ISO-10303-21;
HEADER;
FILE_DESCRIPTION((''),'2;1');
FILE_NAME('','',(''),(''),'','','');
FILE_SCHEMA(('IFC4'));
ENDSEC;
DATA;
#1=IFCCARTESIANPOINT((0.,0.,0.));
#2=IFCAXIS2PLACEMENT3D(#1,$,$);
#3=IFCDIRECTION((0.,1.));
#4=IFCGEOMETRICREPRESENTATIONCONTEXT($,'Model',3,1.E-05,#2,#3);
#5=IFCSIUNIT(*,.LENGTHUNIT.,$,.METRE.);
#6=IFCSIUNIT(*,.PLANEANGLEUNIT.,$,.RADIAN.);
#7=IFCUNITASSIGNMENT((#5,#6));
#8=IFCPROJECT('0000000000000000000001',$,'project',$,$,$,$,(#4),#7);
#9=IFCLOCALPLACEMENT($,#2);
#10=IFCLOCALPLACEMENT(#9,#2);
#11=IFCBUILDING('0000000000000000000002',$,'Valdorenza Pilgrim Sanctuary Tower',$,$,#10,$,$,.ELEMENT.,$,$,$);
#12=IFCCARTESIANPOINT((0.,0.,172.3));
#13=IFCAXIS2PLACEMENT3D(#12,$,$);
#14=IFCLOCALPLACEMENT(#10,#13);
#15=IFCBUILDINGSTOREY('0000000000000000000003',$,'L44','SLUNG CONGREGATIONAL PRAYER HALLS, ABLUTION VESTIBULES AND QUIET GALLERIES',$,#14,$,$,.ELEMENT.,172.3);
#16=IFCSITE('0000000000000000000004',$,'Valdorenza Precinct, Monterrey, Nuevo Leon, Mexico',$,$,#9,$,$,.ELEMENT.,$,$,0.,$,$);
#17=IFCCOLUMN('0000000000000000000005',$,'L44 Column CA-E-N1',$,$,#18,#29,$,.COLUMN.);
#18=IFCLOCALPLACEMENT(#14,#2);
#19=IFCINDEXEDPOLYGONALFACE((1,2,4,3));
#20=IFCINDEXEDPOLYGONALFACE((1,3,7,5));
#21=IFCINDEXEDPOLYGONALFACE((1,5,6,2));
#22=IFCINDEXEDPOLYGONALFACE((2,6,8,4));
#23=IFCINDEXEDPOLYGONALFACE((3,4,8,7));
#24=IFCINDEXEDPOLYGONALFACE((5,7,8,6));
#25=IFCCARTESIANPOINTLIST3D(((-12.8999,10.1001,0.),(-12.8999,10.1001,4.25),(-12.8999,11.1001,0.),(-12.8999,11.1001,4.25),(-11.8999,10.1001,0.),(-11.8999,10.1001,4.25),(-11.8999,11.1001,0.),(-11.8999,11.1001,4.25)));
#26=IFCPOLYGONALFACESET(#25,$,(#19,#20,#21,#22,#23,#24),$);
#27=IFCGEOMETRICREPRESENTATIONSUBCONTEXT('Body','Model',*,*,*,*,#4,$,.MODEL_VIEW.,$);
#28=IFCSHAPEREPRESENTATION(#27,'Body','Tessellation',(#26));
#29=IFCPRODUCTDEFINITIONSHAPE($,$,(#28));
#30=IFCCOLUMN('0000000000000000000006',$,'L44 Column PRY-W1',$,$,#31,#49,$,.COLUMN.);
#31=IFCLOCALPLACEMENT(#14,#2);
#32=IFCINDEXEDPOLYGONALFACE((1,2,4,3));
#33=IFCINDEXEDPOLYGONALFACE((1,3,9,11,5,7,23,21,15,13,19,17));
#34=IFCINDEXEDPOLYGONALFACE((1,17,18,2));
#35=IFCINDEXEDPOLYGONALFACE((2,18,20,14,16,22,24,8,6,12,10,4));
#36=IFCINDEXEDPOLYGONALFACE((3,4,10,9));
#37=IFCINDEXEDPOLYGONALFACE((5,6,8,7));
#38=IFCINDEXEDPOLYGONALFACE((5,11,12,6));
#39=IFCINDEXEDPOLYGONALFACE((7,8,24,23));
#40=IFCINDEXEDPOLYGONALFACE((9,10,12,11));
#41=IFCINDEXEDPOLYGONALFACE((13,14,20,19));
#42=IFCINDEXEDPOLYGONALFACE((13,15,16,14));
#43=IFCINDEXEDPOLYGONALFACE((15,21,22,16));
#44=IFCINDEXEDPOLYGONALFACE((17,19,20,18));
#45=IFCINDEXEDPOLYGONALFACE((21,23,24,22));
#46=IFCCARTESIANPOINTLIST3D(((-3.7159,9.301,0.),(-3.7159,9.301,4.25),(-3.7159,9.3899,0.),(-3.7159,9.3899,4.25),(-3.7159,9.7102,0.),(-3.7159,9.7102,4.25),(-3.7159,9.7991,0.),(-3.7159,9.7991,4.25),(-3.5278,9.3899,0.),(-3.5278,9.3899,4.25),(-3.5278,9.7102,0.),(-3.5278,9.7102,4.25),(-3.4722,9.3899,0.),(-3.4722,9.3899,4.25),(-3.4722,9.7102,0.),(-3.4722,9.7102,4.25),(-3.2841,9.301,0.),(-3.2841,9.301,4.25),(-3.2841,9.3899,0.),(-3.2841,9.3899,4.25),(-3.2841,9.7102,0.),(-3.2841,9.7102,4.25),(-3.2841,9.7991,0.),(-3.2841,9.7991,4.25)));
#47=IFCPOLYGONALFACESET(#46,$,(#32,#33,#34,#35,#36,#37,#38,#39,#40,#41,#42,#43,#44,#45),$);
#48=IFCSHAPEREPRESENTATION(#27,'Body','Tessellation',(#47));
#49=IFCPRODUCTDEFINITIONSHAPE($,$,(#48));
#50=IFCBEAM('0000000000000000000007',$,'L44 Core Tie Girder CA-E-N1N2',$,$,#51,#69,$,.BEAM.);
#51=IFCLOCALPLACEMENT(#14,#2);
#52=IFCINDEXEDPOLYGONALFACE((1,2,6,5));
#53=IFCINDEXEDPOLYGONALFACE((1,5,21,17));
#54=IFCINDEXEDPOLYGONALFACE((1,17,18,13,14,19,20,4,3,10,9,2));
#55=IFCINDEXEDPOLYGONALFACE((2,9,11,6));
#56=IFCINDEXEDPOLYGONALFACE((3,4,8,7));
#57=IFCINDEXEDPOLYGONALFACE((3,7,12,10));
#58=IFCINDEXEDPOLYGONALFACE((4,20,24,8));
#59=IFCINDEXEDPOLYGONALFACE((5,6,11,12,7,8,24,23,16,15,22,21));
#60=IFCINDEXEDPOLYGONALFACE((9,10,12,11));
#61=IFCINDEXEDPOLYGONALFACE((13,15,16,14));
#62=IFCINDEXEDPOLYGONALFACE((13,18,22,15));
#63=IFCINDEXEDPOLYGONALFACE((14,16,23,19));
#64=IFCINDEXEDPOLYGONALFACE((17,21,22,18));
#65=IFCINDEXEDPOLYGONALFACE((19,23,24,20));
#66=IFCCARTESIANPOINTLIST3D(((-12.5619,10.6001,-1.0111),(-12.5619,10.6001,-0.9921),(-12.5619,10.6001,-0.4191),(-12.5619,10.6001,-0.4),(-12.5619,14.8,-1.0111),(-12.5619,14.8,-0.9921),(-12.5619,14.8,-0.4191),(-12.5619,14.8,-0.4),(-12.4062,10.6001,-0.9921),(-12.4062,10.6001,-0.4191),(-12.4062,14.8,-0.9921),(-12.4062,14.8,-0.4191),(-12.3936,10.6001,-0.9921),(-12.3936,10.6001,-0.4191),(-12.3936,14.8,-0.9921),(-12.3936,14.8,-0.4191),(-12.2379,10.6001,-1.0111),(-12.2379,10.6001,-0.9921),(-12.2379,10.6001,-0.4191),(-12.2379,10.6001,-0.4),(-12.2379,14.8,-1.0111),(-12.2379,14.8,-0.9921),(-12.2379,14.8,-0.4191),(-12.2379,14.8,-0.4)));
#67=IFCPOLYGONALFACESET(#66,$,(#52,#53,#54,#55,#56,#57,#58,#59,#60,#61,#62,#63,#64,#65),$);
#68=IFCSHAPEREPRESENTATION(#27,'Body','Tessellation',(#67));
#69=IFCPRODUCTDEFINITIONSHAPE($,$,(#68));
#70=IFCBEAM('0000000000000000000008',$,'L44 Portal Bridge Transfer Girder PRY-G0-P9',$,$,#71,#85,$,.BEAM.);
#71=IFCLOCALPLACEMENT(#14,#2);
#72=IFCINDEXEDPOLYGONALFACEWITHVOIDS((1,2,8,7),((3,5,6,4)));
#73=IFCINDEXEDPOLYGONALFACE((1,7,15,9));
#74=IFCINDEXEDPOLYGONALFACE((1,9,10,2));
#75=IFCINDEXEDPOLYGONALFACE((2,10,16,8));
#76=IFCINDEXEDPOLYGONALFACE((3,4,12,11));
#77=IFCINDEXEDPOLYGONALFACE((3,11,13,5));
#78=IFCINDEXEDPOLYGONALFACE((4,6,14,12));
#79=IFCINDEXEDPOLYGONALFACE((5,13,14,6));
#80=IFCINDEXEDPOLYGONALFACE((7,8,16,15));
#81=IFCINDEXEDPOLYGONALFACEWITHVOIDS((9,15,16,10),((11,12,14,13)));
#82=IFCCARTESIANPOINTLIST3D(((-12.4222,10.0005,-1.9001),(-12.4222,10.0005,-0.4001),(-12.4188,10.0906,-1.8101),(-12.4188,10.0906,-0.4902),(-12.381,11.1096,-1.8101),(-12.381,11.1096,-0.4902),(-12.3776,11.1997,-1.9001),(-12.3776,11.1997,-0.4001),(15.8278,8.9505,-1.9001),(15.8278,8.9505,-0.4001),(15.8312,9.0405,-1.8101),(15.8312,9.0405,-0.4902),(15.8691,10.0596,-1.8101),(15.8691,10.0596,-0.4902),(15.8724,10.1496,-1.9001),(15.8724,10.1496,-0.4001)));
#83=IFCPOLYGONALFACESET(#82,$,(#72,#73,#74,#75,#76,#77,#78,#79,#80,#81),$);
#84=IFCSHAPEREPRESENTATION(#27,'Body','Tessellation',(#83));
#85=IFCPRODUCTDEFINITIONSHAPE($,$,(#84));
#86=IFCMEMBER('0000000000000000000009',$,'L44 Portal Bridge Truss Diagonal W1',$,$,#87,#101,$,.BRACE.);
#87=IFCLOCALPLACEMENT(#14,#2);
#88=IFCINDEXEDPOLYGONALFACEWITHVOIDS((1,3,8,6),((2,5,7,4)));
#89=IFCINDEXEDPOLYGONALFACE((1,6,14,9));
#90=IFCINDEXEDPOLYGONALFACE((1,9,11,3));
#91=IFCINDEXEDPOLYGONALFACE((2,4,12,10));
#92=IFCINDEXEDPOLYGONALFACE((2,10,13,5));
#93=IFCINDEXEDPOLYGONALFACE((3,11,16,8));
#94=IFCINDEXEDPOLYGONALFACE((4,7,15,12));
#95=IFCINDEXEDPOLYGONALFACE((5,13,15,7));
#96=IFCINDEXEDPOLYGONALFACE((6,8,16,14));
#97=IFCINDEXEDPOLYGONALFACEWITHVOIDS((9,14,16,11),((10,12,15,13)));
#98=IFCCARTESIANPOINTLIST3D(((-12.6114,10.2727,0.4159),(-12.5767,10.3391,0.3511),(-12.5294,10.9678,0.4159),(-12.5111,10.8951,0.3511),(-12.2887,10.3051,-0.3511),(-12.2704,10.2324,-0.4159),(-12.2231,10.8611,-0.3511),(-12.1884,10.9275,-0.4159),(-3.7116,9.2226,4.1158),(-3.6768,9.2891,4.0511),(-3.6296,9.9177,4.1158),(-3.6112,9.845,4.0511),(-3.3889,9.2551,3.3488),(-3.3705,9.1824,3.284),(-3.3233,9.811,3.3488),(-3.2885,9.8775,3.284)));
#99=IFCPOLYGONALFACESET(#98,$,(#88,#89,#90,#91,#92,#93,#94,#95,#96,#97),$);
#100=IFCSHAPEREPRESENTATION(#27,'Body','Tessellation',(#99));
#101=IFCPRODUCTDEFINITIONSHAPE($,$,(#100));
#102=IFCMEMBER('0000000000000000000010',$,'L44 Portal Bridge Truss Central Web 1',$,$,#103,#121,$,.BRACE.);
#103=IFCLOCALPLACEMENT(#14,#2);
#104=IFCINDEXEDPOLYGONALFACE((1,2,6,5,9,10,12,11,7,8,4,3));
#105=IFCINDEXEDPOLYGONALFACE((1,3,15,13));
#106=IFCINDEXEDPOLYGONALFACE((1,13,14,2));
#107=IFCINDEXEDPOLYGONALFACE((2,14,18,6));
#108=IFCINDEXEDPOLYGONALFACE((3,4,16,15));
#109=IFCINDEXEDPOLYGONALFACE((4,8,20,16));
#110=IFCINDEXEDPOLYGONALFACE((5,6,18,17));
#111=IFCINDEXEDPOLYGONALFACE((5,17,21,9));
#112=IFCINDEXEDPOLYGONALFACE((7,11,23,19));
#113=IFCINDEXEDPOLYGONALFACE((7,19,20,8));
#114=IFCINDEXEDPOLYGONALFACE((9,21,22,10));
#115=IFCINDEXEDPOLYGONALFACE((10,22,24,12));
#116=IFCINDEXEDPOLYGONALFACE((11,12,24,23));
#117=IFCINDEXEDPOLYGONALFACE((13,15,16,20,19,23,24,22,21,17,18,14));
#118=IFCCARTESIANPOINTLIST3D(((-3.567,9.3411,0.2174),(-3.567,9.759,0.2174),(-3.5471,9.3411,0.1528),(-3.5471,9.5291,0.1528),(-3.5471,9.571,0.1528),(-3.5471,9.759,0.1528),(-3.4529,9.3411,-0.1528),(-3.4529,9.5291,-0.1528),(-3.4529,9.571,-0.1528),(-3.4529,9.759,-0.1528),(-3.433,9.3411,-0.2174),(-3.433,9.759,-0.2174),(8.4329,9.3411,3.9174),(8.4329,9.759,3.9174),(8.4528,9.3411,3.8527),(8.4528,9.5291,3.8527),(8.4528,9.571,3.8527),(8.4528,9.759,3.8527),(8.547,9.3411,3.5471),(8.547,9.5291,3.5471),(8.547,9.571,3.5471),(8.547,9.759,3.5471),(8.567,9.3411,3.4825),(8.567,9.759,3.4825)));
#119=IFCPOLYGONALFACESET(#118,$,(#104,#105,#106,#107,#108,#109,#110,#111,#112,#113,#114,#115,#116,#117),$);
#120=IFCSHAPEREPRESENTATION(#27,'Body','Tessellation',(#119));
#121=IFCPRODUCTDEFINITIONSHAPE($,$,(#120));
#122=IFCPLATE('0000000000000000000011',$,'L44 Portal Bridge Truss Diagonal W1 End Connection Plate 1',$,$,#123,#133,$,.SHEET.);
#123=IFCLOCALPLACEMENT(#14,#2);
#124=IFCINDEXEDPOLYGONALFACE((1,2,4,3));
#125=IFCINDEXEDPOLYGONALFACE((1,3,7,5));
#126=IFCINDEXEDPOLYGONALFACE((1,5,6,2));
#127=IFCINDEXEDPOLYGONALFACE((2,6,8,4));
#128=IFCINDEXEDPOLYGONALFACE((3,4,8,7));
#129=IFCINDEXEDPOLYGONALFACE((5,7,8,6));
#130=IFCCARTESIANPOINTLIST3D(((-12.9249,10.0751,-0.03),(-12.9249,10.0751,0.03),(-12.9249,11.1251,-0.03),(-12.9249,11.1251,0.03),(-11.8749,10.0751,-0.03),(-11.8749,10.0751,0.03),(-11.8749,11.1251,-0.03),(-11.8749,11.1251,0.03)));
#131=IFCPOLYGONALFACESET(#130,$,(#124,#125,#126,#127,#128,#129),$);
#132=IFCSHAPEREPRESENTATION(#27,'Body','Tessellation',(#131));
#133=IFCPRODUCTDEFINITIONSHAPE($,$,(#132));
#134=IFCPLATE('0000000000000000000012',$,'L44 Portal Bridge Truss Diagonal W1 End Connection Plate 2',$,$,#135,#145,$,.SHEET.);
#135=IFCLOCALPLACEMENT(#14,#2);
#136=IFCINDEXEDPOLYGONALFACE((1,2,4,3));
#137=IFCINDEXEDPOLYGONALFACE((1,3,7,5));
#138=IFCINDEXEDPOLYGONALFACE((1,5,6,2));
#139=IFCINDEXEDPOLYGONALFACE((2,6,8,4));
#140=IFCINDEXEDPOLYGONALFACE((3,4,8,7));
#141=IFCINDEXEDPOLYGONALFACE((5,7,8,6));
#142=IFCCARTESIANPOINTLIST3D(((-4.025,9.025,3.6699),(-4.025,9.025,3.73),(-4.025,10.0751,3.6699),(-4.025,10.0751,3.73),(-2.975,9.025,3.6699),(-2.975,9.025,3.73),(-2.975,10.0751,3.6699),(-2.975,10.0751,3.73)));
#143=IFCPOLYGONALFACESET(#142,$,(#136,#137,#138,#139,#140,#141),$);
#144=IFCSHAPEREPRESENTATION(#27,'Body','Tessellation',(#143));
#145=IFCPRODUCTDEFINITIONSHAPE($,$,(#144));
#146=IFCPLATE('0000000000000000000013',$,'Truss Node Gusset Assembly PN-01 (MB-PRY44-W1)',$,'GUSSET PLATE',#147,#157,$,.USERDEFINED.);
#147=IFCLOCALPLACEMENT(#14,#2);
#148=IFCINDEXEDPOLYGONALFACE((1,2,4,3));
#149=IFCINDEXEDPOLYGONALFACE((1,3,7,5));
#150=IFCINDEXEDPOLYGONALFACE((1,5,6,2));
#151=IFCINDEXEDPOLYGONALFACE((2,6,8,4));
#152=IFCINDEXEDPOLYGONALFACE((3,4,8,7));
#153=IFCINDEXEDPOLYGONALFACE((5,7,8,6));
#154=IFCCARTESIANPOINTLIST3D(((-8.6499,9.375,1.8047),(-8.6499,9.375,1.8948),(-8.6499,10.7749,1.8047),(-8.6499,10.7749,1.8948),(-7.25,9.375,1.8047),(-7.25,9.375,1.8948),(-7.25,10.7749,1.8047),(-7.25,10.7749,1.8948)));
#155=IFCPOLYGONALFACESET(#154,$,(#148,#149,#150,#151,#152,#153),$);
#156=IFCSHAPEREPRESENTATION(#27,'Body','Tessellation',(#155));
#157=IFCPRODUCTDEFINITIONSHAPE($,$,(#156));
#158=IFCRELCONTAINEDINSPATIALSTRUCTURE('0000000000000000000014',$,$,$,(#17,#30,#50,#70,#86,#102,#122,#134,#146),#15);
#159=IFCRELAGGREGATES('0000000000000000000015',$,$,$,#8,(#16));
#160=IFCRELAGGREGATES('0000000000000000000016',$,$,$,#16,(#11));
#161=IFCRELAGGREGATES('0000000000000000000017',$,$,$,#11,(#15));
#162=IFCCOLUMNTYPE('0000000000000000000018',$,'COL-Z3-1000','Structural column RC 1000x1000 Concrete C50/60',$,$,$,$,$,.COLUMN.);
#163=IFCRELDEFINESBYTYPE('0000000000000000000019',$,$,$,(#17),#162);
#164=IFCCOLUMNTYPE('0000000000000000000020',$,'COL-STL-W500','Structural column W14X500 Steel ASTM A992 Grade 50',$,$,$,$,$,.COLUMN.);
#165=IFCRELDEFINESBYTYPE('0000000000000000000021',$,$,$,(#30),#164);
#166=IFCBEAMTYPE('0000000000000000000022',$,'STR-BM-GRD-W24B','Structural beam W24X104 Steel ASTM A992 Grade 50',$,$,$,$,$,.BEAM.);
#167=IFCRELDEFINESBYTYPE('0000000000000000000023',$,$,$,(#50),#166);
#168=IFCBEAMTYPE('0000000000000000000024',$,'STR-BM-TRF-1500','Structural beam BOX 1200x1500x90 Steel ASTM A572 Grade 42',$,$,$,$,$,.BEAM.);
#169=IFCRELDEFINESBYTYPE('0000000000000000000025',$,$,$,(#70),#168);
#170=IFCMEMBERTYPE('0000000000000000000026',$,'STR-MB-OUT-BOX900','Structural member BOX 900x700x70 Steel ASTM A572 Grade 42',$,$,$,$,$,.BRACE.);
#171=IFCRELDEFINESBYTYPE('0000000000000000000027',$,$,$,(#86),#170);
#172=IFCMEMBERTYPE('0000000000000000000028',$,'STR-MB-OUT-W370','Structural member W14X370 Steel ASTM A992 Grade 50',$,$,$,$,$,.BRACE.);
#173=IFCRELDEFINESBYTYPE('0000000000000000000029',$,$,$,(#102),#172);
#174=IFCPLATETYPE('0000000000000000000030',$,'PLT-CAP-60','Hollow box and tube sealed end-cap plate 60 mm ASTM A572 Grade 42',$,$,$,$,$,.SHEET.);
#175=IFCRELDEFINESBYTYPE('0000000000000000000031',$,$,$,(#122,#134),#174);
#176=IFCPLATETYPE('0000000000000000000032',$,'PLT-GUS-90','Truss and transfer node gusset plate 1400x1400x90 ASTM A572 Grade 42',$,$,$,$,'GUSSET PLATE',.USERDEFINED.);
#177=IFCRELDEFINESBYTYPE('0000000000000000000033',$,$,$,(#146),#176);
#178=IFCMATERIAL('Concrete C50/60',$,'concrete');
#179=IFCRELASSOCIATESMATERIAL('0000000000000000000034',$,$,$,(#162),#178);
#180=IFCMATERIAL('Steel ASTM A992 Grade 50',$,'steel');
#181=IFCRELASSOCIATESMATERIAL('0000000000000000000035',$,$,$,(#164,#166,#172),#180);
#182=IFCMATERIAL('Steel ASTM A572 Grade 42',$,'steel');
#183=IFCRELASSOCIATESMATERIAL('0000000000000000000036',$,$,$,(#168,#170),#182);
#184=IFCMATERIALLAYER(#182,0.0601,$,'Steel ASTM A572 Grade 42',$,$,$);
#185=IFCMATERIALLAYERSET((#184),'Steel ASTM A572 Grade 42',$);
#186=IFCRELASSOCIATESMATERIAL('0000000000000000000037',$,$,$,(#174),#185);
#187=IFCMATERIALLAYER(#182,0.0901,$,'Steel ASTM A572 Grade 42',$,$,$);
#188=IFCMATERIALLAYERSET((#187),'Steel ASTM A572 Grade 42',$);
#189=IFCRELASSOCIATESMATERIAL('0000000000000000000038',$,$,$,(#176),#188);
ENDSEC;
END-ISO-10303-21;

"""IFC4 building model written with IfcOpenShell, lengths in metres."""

from ifc_helpers import new_model, si_unit, direction, frame, origin, origin_2d, place, context, subcontext, project, spatial, rectangle, hollow_rectangle, i_section, extrude, source, transform, mapped, material, layer, layer_set, material_profile, profile_set, type_object, element, save


model = new_model("IFC4")

# Units and contexts
model_context = context("Model", 3, precision=1e-05, world=origin(), true_north=direction((0.0, 1.0)))
body_context = subcontext(model_context, "Body", "Model", "MODEL_VIEW")
ifc_project = project(units=[si_unit("LENGTHUNIT", "METRE"), si_unit("PLANEANGLEUNIT", "RADIAN")], contexts=[model_context])

# Site, building, storey
site_placement = place(None, origin())
site = spatial("IfcSite", under=ifc_project, at=site_placement, Name="Valdorenza Precinct, Monterrey, Nuevo Leon, Mexico", CompositionType="ELEMENT", RefElevation=0.0)
building_placement = place(site_placement, origin())
building = spatial("IfcBuilding", under=site, at=building_placement, Name="Valdorenza Pilgrim Sanctuary Tower", CompositionType="ELEMENT")
storey_placement = place(building_placement, frame((0.0, 0.0, 172.3)))
storey = spatial("IfcBuildingStorey", under=building, at=storey_placement, Name="L44", Description="SLUNG CONGREGATIONAL PRAYER HALLS, ABLUTION VESTIBULES AND QUIET GALLERIES", CompositionType="ELEMENT", Elevation=172.3)

# Columns
ifc_material_1 = material(Name="Concrete C50/60", Category="concrete")
ifc_material_profile_1 = material_profile(ifc_material_1, rectangle(XDim=1.0, YDim=1.0, at=origin_2d()), Name="RC 1000x1000")
ifc_profile_set_1 = profile_set([ifc_material_profile_1], Name="Concrete C50/60")
column_type_1 = type_object("IfcColumnType", Name="COL-Z3-1000", Description="Structural column RC 1000x1000 Concrete C50/60", PredefinedType="COLUMN", material=ifc_profile_set_1)
shared_shape_1 = source(origin(), body_context, "Body", "SweptSolid", [
    extrude(rectangle(XDim=1.0, YDim=1.0, at=origin_2d()), origin(), (0.0, 0.0, 1.0), 4.25),
])
column_1_placement = place(storey_placement, frame((-12.3999, 10.6001, 0.0), z_axis=(0.0, 0.0, 1.0), x_axis=(1.0, 0.0, 0.0)))
element("IfcColumn", 1, at=column_1_placement, inside=storey, type_object=column_type_1, Name="L44 Column CA-E-N1", PredefinedType="COLUMN", context=body_context, shape_type="MappedRepresentation", body=[
    mapped(shared_shape_1, transform((0.0, 0.0, 0.0), x_axis=(1.0, 0.0, 0.0), y_axis=(0.0, 1.0, 0.0), z_axis=(0.0, 0.0, 1.0), scale=1.0)),
])
ifc_material_2 = material(Name="Steel ASTM A992 Grade 50", Category="steel")
ifc_material_profile_2 = material_profile(ifc_material_2, i_section(OverallWidth=0.4319, OverallDepth=0.498, WebThickness=0.0557, FlangeThickness=0.0889, at=origin_2d()), Name="W14X500")
ifc_profile_set_2 = profile_set([ifc_material_profile_2], Name="Steel ASTM A992 Grade 50")
column_type_2 = type_object("IfcColumnType", Name="COL-STL-W500", Description="Structural column W14X500 Steel ASTM A992 Grade 50", PredefinedType="COLUMN", material=ifc_profile_set_2)
shared_shape_2 = source(origin(), body_context, "Body", "SweptSolid", [
    extrude(i_section(OverallWidth=0.4319, OverallDepth=0.498, WebThickness=0.0557, FlangeThickness=0.0889, at=origin_2d()), origin(), (0.0, 0.0, 1.0), 4.25),
])
column_2_placement = place(storey_placement, frame((-3.5, 9.55, 0.0), z_axis=(0.0, 0.0, 1.0), x_axis=(1.0, 0.0, 0.0)))
element("IfcColumn", 2, at=column_2_placement, inside=storey, type_object=column_type_2, Name="L44 Column PRY-W1", PredefinedType="COLUMN", context=body_context, shape_type="MappedRepresentation", body=[
    mapped(shared_shape_2, transform((0.0, 0.0, 0.0), x_axis=(1.0, 0.0, 0.0), y_axis=(0.0, 1.0, 0.0), z_axis=(0.0, 0.0, 1.0), scale=1.0)),
])

# Beams
ifc_material_profile_3 = material_profile(ifc_material_2, i_section(OverallWidth=0.324, OverallDepth=0.6111, WebThickness=0.0127, FlangeThickness=0.019, at=origin_2d()), Name="W24X104")
ifc_profile_set_3 = profile_set([ifc_material_profile_3], Name="Steel ASTM A992 Grade 50")
beam_type_1 = type_object("IfcBeamType", Name="STR-BM-GRD-W24B", Description="Structural beam W24X104 Steel ASTM A992 Grade 50", PredefinedType="BEAM", material=ifc_profile_set_3)
shared_shape_3 = source(origin(), body_context, "Body", "SweptSolid", [
    extrude(i_section(OverallWidth=0.324, OverallDepth=0.6111, WebThickness=0.0127, FlangeThickness=0.019, at=origin_2d()), origin(), (0.0, 0.0, 1.0), 4.2),
])
beam_1_placement = place(storey_placement, frame((-12.3999, 10.6001, -0.7056), z_axis=(0.0, 1.0, 0.0), x_axis=(-1.0, 0.0, 0.0)))
element("IfcBeam", 3, at=beam_1_placement, inside=storey, type_object=beam_type_1, Name="L44 Core Tie Girder CA-E-N1N2", PredefinedType="BEAM", context=body_context, shape_type="MappedRepresentation", body=[
    mapped(shared_shape_3, transform((0.0, 0.0, 0.0), x_axis=(1.0, 0.0, 0.0), y_axis=(0.0, 1.0, 0.0), z_axis=(0.0, 0.0, 1.0), scale=1.0)),
])
ifc_material_3 = material(Name="Steel ASTM A572 Grade 42", Category="steel")
ifc_material_profile_4 = material_profile(ifc_material_3, hollow_rectangle(XDim=1.2, YDim=1.5, WallThickness=0.0901, at=origin_2d()), Name="BOX 1200x1500x90")
ifc_profile_set_4 = profile_set([ifc_material_profile_4], Name="Steel ASTM A572 Grade 42")
beam_type_2 = type_object("IfcBeamType", Name="STR-BM-TRF-1500", Description="Structural beam BOX 1200x1500x90 Steel ASTM A572 Grade 42", PredefinedType="BEAM", material=ifc_profile_set_4)
shared_shape_4 = source(origin(), body_context, "Body", "SweptSolid", [
    extrude(hollow_rectangle(XDim=1.2, YDim=1.5, WallThickness=0.0901, at=origin_2d()), origin(), (0.0, 0.0, 1.0), 28.2695),
])
beam_2_placement = place(storey_placement, frame((-12.3999, 10.6001, -1.1501), z_axis=(0.99931, -0.037144, 0.0), x_axis=(0.037144, 0.99931, 0.0)))
element("IfcBeam", 4, at=beam_2_placement, inside=storey, type_object=beam_type_2, Name="L44 Portal Bridge Transfer Girder PRY-G0-P9", PredefinedType="BEAM", context=body_context, shape_type="MappedRepresentation", body=[
    mapped(shared_shape_4, transform((0.0, 0.0, 0.0), x_axis=(1.0, 0.0, 0.0), y_axis=(0.0, 1.0, 0.0), z_axis=(0.0, 0.0, 1.0), scale=1.0)),
])

# Members
ifc_material_profile_5 = material_profile(ifc_material_3, hollow_rectangle(XDim=0.7, YDim=0.8999, WallThickness=0.0701, at=origin_2d()), Name="BOX 900x700x70")
ifc_profile_set_5 = profile_set([ifc_material_profile_5], Name="Steel ASTM A572 Grade 42")
member_type_1 = type_object("IfcMemberType", Name="STR-MB-OUT-BOX900", Description="Structural member BOX 900x700x70 Steel ASTM A572 Grade 42", PredefinedType="BRACE", material=ifc_profile_set_5)
shared_shape_5 = source(origin(), body_context, "Body", "SweptSolid", [
    extrude(hollow_rectangle(XDim=0.7, YDim=0.8999, WallThickness=0.0701, at=origin_2d()), origin(), (0.0, 0.0, 1.0), 9.6953),
])
member_1_placement = place(storey_placement, frame((-12.3999, 10.6001, 0.0), z_axis=(0.917952, -0.108304, 0.38162), x_axis=(0.117172, 0.993112, 0.0)))
element("IfcMember", 5, at=member_1_placement, inside=storey, type_object=member_type_1, Name="L44 Portal Bridge Truss Diagonal W1", PredefinedType="BRACE", context=body_context, shape_type="MappedRepresentation", body=[
    mapped(shared_shape_5, transform((0.0, 0.0, 0.0), x_axis=(1.0, 0.0, 0.0), y_axis=(0.0, 1.0, 0.0), z_axis=(0.0, 0.0, 1.0), scale=1.0)),
])
ifc_material_profile_6 = material_profile(ifc_material_2, i_section(OverallWidth=0.418, OverallDepth=0.4551, WebThickness=0.042, FlangeThickness=0.0676, at=origin_2d()), Name="W14X370")
ifc_profile_set_6 = profile_set([ifc_material_profile_6], Name="Steel ASTM A992 Grade 50")
member_type_2 = type_object("IfcMemberType", Name="STR-MB-OUT-W370", Description="Structural member W14X370 Steel ASTM A992 Grade 50", PredefinedType="BRACE", material=ifc_profile_set_6)
shared_shape_6 = source(origin(), body_context, "Body", "SweptSolid", [
    extrude(i_section(OverallWidth=0.418, OverallDepth=0.4551, WebThickness=0.042, FlangeThickness=0.0676, at=origin_2d()), origin(), (0.0, 0.0, 1.0), 12.5574),
])
member_2_placement = place(storey_placement, frame((-3.5, 9.55, 0.0), z_axis=(0.955608, 0.0, 0.294642), x_axis=(0.0, 1.0, 0.0)))
element("IfcMember", 6, at=member_2_placement, inside=storey, type_object=member_type_2, Name="L44 Portal Bridge Truss Central Web 1", PredefinedType="BRACE", context=body_context, shape_type="MappedRepresentation", body=[
    mapped(shared_shape_6, transform((0.0, 0.0, 0.0), x_axis=(1.0, 0.0, 0.0), y_axis=(0.0, 1.0, 0.0), z_axis=(0.0, 0.0, 1.0), scale=1.0)),
])

# Plates
ifc_layer_1 = layer(ifc_material_3, 0.0601, Name="Steel ASTM A572 Grade 42")
ifc_layer_set_1 = layer_set([ifc_layer_1], Name="Steel ASTM A572 Grade 42")
plate_type_1 = type_object("IfcPlateType", Name="PLT-CAP-60", Description="Hollow box and tube sealed end-cap plate 60 mm ASTM A572 Grade 42", PredefinedType="SHEET", material=ifc_layer_set_1)
shared_shape_7 = source(origin(), body_context, "Body", "SweptSolid", [
    extrude(rectangle(XDim=1.05, YDim=1.05, at=origin_2d()), origin(), (0.0, 0.0, 1.0), 0.0601),
])
for number, where, z_axis, x_axis, name in (
    (7, (-12.3999, 10.6001, -0.03), (0.0, 0.0, 1.0), (1.0, 0.0, 0.0), "L44 Portal Bridge Truss Diagonal W1 End Connection Plate 1"),
    (8, (-3.5, 9.55, 3.6699), (0.0, 0.0, 1.0), (1.0, 0.0, 0.0), "L44 Portal Bridge Truss Diagonal W1 End Connection Plate 2"),
):
    element("IfcPlate", number, at=place(storey_placement, frame(where, z_axis=z_axis, x_axis=x_axis)), inside=storey, type_object=plate_type_1, Name=name, PredefinedType="SHEET", context=body_context, shape_type="MappedRepresentation", body=[
        mapped(shared_shape_7, transform((0.0, 0.0, 0.0), x_axis=(1.0, 0.0, 0.0), y_axis=(0.0, 1.0, 0.0), z_axis=(0.0, 0.0, 1.0), scale=1.0)),
    ])
ifc_layer_2 = layer(ifc_material_3, 0.0901, Name="Steel ASTM A572 Grade 42")
ifc_layer_set_2 = layer_set([ifc_layer_2], Name="Steel ASTM A572 Grade 42")
plate_type_2 = type_object("IfcPlateType", Name="PLT-GUS-90", Description="Truss and transfer node gusset plate 1400x1400x90 ASTM A572 Grade 42", ElementType="GUSSET PLATE", PredefinedType="USERDEFINED", material=ifc_layer_set_2)
shared_shape_8 = source(origin(), body_context, "Body", "SweptSolid", [
    extrude(rectangle(XDim=1.3999, YDim=1.3999, at=origin_2d()), origin(), (0.0, 0.0, 1.0), 0.0901),
])
plate_1_placement = place(storey_placement, frame((-7.95, 10.075, 1.8047), z_axis=(0.0, 0.0, 1.0), x_axis=(1.0, 0.0, 0.0)))
element("IfcPlate", 9, at=plate_1_placement, inside=storey, type_object=plate_type_2, Name="Truss Node Gusset Assembly PN-01 (MB-PRY44-W1)", ObjectType="GUSSET PLATE", PredefinedType="USERDEFINED", context=body_context, shape_type="MappedRepresentation", body=[
    mapped(shared_shape_8, transform((0.0, 0.0, 0.0), x_axis=(1.0, 0.0, 0.0), y_axis=(0.0, 1.0, 0.0), z_axis=(0.0, 0.0, 1.0), scale=1.0)),
])

save(model, "model.ifc")
